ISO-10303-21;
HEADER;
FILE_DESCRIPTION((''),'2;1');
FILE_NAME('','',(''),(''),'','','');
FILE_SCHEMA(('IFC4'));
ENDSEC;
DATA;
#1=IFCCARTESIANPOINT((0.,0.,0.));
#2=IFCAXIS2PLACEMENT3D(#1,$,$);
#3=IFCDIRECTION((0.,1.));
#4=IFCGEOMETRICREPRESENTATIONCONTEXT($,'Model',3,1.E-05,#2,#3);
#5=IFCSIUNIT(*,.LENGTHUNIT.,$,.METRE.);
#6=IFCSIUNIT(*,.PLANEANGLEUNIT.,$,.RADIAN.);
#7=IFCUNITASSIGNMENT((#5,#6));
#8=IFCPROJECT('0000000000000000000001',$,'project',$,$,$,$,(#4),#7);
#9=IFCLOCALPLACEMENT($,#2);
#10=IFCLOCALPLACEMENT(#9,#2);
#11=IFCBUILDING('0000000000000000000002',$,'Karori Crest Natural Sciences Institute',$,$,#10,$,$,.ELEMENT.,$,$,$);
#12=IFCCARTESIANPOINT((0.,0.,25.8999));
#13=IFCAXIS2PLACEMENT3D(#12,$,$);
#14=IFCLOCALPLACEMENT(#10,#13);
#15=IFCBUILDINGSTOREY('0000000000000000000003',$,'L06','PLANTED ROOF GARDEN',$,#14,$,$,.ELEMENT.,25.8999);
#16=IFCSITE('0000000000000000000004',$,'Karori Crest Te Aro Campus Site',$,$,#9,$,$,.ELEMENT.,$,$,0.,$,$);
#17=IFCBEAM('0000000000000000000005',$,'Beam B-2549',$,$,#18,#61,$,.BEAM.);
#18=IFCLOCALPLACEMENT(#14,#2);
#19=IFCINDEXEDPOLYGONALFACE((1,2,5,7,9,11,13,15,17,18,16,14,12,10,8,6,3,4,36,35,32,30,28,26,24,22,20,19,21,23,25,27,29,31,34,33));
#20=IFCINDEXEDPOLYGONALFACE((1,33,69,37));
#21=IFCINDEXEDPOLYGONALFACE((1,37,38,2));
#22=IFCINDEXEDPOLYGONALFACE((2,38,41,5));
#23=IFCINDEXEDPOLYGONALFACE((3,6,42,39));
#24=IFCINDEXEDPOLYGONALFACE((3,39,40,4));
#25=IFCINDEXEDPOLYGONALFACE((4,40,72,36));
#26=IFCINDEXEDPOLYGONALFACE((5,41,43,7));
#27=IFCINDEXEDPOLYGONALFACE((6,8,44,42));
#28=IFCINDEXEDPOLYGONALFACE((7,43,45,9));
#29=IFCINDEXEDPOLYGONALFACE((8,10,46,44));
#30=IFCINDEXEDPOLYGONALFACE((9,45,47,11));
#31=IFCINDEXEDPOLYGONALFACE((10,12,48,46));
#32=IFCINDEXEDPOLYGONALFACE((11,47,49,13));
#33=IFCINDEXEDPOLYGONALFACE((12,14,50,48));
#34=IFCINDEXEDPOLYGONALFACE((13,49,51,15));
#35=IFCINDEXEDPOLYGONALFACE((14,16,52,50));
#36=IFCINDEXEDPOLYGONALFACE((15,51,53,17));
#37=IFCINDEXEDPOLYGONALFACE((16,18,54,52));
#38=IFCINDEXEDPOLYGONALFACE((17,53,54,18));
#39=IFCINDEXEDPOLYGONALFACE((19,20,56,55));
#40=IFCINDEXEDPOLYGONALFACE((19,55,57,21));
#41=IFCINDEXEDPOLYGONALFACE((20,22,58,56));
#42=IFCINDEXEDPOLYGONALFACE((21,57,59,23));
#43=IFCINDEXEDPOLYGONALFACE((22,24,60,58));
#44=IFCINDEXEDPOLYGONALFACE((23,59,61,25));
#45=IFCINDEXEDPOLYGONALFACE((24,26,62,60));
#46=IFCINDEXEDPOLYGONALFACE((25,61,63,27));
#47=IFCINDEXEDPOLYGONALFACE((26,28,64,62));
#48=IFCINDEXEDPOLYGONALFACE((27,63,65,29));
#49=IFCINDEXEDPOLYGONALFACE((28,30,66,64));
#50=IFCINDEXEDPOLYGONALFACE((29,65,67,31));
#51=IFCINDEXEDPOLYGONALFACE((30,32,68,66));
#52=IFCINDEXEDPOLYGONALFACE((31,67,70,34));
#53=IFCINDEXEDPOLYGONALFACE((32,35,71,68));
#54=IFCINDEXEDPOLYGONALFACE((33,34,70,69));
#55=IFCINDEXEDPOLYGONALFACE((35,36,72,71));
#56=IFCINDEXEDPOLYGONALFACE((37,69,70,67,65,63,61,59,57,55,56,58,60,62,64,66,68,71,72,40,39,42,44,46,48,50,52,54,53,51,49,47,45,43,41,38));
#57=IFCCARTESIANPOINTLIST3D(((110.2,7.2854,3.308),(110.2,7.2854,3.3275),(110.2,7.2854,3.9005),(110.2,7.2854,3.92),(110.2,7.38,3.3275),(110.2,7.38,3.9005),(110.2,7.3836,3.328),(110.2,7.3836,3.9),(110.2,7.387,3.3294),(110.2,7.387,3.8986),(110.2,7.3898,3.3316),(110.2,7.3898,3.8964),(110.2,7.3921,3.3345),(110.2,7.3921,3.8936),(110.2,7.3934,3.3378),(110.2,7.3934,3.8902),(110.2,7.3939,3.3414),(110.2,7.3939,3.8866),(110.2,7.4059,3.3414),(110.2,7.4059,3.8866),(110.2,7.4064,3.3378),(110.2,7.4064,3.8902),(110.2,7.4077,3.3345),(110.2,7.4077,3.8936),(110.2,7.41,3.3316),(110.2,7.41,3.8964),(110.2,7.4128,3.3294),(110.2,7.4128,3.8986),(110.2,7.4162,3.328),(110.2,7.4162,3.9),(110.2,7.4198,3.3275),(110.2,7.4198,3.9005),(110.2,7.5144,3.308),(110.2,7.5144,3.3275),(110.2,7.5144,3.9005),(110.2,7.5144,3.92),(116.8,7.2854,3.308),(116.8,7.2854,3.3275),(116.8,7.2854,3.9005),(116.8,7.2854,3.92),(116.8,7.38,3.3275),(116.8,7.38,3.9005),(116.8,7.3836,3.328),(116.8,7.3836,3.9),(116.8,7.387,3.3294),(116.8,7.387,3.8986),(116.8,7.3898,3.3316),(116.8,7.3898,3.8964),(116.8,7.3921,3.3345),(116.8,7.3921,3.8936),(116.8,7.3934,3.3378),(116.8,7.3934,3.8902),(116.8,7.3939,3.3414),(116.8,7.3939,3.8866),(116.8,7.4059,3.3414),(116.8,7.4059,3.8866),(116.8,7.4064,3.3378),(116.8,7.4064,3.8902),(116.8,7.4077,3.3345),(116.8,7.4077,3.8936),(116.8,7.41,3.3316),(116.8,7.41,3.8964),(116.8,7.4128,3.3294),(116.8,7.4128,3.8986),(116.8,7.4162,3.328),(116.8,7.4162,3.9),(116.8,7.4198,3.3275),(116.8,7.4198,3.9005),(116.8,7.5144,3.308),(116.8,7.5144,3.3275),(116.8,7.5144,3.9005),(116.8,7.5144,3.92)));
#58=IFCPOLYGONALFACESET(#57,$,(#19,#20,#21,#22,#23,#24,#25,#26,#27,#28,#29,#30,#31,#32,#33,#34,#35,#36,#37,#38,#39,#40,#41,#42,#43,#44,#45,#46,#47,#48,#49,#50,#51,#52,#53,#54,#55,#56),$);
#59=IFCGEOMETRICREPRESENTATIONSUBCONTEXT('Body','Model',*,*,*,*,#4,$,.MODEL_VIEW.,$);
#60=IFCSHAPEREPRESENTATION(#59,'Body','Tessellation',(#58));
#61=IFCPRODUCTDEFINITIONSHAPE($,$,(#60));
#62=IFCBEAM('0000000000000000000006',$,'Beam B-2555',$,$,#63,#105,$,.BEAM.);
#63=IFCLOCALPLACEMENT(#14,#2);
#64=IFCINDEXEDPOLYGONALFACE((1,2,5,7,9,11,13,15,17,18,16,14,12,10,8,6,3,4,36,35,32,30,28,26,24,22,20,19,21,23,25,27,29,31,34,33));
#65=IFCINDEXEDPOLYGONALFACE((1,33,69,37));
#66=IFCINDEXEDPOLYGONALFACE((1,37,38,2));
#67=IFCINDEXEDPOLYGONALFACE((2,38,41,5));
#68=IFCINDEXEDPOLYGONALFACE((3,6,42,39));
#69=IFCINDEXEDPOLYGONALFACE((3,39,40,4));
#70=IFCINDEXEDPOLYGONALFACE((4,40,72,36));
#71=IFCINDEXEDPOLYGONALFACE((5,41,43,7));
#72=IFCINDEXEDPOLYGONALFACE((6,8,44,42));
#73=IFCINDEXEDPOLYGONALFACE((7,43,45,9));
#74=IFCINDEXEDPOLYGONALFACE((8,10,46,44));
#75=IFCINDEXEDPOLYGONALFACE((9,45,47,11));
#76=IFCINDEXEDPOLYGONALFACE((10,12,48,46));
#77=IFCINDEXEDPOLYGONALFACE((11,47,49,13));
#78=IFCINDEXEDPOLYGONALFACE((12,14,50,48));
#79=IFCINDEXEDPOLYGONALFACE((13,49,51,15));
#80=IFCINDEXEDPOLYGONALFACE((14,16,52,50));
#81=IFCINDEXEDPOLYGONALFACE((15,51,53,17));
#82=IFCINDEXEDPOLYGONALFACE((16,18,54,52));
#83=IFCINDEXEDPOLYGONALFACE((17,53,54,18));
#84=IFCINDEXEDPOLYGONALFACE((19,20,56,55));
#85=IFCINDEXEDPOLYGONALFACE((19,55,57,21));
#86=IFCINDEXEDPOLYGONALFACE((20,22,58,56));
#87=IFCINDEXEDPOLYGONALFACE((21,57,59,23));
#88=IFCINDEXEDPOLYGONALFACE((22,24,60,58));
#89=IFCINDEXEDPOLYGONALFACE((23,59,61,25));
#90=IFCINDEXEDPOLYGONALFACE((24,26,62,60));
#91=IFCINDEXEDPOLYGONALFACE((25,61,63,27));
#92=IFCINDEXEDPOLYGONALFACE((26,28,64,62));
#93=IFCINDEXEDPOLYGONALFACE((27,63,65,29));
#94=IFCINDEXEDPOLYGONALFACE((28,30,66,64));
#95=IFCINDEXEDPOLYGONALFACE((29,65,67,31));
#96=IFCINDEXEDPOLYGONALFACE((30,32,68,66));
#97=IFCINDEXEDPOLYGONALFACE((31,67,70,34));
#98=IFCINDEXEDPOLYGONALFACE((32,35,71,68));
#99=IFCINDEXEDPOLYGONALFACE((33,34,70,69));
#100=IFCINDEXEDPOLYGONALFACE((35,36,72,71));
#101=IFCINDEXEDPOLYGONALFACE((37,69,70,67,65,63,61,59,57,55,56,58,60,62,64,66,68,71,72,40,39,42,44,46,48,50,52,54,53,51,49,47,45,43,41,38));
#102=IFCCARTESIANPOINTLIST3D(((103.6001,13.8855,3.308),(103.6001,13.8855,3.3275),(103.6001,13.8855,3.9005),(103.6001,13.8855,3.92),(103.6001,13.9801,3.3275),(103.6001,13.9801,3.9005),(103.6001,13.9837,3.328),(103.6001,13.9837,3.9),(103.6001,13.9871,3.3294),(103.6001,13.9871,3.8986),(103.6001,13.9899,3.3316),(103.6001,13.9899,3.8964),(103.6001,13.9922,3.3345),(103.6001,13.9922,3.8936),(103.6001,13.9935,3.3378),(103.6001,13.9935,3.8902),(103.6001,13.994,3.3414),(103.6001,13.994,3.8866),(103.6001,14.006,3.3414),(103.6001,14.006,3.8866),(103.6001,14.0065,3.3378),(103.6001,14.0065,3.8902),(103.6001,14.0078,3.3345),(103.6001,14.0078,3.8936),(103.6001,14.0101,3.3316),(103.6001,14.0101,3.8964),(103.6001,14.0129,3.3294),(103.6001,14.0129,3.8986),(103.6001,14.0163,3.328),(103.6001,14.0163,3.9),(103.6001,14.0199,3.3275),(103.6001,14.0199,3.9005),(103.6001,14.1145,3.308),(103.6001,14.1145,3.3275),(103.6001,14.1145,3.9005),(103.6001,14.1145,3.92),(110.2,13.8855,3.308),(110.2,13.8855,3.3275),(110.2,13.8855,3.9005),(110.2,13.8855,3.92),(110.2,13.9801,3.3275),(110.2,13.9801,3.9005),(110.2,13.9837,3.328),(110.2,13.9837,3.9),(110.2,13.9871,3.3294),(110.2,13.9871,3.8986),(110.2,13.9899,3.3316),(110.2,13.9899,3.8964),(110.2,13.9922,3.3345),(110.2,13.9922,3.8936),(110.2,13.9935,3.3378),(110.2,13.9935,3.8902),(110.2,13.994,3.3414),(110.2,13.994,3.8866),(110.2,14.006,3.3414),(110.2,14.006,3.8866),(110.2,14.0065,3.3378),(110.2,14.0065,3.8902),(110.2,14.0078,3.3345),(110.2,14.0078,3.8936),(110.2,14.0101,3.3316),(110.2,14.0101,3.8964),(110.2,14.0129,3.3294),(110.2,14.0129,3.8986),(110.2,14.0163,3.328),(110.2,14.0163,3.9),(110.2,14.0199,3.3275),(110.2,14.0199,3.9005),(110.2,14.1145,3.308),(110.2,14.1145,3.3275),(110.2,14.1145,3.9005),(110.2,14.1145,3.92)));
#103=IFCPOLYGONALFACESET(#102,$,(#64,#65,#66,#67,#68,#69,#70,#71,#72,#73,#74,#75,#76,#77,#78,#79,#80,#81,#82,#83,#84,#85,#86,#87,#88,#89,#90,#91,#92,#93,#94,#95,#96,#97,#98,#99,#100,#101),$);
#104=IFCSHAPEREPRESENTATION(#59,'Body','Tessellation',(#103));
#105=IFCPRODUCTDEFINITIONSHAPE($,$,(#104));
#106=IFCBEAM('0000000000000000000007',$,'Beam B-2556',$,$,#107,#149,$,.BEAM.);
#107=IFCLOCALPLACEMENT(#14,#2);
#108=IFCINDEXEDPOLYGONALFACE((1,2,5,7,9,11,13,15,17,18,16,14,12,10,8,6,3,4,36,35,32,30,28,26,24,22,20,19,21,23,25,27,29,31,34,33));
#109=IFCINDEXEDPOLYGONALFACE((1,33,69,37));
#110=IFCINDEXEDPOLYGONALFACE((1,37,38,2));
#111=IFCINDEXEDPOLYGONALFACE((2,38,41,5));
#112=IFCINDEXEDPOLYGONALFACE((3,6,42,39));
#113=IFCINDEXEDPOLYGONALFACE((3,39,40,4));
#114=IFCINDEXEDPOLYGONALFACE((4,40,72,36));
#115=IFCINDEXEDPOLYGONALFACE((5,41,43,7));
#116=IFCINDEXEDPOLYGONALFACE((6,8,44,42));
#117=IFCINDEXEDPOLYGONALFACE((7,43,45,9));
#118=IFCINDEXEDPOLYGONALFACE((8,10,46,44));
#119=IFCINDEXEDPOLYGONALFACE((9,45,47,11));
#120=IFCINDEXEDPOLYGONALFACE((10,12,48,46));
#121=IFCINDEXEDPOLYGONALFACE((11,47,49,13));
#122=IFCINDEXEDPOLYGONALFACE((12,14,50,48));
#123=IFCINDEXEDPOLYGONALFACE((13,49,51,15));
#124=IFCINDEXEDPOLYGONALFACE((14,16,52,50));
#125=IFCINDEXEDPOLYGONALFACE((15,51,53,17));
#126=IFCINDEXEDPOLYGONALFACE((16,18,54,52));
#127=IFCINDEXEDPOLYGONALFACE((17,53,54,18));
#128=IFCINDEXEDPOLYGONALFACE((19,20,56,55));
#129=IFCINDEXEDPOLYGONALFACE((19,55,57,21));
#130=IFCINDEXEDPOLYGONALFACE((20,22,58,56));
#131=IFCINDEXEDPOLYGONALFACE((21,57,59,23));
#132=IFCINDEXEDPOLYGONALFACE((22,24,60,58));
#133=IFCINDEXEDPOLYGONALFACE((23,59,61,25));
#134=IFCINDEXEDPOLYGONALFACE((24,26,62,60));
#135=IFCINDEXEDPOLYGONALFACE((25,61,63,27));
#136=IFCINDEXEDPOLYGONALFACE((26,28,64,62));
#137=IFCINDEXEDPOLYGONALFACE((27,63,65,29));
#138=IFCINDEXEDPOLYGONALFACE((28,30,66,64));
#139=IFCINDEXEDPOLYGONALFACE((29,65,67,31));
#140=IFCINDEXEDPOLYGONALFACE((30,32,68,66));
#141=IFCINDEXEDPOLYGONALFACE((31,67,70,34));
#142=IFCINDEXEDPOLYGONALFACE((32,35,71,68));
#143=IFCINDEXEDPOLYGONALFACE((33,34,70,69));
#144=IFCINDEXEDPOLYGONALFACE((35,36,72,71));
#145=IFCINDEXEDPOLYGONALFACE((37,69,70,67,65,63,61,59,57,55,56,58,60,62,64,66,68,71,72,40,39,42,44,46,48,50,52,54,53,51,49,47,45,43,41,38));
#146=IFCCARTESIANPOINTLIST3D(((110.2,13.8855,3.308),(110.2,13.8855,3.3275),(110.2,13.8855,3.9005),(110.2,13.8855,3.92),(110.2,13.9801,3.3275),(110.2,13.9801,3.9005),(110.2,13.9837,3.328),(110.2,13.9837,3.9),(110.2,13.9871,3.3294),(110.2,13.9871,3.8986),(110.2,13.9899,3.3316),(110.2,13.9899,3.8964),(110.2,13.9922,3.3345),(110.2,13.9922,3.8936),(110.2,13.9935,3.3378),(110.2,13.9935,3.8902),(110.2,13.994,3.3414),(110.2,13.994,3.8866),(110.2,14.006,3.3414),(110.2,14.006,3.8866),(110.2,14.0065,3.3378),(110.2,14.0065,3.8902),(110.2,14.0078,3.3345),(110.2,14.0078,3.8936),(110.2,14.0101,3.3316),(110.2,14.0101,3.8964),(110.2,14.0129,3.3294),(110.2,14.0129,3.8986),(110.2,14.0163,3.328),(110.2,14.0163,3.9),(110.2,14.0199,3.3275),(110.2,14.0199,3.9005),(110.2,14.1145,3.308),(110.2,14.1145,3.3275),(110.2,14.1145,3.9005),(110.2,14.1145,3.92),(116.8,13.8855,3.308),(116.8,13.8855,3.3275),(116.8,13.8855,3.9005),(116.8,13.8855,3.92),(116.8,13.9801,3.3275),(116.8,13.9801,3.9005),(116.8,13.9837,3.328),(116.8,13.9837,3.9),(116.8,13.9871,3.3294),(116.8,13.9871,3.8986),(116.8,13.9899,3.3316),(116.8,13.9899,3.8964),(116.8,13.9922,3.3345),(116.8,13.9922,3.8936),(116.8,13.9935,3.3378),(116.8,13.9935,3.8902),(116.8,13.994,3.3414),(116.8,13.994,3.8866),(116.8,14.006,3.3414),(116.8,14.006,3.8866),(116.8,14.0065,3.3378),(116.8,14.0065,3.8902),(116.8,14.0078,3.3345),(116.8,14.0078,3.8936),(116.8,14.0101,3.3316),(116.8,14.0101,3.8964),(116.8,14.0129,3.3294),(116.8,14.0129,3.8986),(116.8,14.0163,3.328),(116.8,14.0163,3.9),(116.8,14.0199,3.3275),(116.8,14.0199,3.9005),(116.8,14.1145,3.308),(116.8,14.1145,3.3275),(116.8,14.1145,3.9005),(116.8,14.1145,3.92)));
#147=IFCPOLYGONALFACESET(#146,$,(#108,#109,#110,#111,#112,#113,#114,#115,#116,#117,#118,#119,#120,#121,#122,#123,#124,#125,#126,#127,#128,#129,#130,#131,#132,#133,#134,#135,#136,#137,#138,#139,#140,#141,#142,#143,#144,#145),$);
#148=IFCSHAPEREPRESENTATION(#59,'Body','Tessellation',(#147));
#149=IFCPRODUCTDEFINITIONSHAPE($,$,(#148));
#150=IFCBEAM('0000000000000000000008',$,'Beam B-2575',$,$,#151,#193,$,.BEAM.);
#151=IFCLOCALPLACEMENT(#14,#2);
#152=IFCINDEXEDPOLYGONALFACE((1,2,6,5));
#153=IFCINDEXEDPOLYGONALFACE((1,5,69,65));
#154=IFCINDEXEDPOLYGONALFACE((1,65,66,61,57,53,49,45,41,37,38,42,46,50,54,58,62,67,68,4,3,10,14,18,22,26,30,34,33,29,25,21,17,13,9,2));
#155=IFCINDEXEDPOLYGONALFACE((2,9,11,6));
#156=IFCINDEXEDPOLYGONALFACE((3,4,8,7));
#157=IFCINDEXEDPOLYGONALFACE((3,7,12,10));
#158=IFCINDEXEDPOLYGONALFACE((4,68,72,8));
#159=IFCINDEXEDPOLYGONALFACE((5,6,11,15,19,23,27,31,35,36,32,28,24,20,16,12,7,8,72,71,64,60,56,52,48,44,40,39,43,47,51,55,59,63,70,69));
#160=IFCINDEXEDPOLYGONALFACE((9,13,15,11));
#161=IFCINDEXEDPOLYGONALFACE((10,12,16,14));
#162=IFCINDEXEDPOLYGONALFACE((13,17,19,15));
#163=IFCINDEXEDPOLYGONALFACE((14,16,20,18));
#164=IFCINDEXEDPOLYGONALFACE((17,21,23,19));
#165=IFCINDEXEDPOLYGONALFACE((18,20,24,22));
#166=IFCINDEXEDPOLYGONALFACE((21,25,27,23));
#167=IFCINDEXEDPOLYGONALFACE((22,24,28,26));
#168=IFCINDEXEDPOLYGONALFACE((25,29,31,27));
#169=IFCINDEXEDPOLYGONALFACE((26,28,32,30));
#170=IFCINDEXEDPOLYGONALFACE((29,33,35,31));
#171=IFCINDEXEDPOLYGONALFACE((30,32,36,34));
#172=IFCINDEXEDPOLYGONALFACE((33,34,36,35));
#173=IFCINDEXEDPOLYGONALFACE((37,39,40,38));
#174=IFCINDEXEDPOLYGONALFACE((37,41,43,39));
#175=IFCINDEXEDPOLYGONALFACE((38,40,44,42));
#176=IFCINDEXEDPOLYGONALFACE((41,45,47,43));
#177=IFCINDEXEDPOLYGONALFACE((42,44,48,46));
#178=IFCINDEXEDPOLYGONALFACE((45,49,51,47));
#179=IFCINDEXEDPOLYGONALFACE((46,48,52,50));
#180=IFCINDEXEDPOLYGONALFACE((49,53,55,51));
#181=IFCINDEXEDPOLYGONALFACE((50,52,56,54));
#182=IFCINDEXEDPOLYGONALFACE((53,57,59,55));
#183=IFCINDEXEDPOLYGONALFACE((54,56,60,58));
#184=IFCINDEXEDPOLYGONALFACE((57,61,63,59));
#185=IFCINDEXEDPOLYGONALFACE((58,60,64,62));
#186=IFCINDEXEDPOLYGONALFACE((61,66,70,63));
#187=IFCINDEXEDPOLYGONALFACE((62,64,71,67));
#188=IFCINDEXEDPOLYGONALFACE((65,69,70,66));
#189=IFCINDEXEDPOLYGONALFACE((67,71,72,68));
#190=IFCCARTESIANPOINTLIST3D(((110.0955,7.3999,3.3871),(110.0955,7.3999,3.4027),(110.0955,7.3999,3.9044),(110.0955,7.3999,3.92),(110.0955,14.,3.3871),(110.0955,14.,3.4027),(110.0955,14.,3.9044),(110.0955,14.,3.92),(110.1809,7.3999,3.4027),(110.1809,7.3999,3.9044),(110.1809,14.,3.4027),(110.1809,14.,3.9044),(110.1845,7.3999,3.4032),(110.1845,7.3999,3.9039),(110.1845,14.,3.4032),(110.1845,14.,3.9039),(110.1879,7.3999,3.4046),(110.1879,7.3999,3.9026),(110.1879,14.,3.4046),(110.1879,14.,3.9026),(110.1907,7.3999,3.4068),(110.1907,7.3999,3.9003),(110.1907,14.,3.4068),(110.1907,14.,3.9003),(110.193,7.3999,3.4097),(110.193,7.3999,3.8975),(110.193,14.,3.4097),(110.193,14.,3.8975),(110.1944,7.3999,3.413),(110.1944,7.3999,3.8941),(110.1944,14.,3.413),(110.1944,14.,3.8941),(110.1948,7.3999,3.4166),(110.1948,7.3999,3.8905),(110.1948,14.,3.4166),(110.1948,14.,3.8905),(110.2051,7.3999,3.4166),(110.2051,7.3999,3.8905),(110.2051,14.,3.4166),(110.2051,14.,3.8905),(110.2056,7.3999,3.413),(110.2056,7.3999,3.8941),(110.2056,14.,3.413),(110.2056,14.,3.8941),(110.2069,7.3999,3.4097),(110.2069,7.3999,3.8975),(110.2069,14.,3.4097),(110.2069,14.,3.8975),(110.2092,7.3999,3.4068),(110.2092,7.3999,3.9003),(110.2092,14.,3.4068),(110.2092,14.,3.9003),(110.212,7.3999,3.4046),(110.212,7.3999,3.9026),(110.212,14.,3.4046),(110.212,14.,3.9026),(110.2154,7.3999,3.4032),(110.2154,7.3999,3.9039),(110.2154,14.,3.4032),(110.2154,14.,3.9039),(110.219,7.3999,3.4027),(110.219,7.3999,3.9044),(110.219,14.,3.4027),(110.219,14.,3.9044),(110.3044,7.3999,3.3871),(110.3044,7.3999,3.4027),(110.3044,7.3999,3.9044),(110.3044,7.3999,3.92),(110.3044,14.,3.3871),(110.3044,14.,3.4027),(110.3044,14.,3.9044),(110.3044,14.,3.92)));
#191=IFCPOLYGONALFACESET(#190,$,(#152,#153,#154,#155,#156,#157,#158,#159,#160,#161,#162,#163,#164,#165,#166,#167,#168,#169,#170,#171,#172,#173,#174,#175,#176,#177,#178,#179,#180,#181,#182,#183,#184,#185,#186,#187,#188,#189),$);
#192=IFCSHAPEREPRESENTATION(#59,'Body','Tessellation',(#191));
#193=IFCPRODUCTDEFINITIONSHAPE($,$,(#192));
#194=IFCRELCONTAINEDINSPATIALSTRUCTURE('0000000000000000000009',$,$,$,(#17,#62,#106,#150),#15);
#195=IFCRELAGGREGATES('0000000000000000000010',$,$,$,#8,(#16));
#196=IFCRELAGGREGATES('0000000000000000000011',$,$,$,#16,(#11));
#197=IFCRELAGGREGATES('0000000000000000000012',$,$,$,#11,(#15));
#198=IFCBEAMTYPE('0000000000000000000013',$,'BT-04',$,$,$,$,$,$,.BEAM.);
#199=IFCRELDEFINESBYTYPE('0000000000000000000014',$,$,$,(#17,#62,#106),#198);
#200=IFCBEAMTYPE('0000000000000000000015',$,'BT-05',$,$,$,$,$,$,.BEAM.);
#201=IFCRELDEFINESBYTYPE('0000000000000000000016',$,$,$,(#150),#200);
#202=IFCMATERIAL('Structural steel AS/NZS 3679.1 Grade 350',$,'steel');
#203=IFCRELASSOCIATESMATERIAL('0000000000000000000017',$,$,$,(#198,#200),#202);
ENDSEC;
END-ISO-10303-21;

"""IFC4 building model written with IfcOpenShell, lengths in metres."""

from ifc_helpers import new_model, si_unit, direction, frame, origin, origin_2d, place, context, subcontext, project, spatial, i_section, extrude, material, material_profile, profile_set, type_object, element, save


model = new_model("IFC4")

# Units and contexts
model_context = context("Model", 3, precision=1e-05, world=origin(), true_north=direction((0.0, 1.0)))
body_context = subcontext(model_context, "Body", "Model", "MODEL_VIEW")
ifc_project = project(units=[si_unit("LENGTHUNIT", "METRE"), si_unit("PLANEANGLEUNIT", "RADIAN")], contexts=[model_context])

# Site, building, storey
site_placement = place(None, origin())
site = spatial("IfcSite", under=ifc_project, at=site_placement, Name="Karori Crest Te Aro Campus Site", CompositionType="ELEMENT", RefElevation=0.0)
building_placement = place(site_placement, origin())
building = spatial("IfcBuilding", under=site, at=building_placement, Name="Karori Crest Natural Sciences Institute", CompositionType="ELEMENT")
storey_placement = place(building_placement, frame((0.0, 0.0, 25.8999)))
storey = spatial("IfcBuildingStorey", under=building, at=storey_placement, Name="L06", Description="PLANTED ROOF GARDEN", CompositionType="ELEMENT", Elevation=25.8999)

# Shared definitions
ifc_material_1 = material(Name="Structural steel AS/NZS 3679.1 Grade 350", Category="steel")

# Beams
ifc_material_profile_1 = material_profile(ifc_material_1, i_section(OverallWidth=0.229, OverallDepth=0.6121, WebThickness=0.012, FlangeThickness=0.0195, FilletRadius=0.0139, at=origin_2d()), Name="610UB125")
ifc_profile_set_1 = profile_set([ifc_material_profile_1], Name="Structural steel AS/NZS 3679.1 Grade 350")
beam_type_1 = type_object("IfcBeamType", Name="BT-04", PredefinedType="BEAM", material=ifc_profile_set_1)
beam_1_placement = place(storey_placement, frame((110.2, 7.3999, 3.614), z_axis=(1.0, 0.0, 0.0), x_axis=(0.0, 1.0, 0.0)))
element("IfcBeam", 1, at=beam_1_placement, inside=storey, type_object=beam_type_1, Name="Beam B-2549", PredefinedType="BEAM", context=body_context, shape_type="SweptSolid", body=[
    extrude(i_section(OverallWidth=0.229, OverallDepth=0.6121, WebThickness=0.012, FlangeThickness=0.0195, FilletRadius=0.0139, at=origin_2d()), origin(), (0.0, 0.0, 1.0), 6.6001),
])
beam_2_placement = place(storey_placement, frame((103.6001, 14.0, 3.614), z_axis=(1.0, 0.0, 0.0), x_axis=(0.0, 1.0, 0.0)))
element("IfcBeam", 2, at=beam_2_placement, inside=storey, type_object=beam_type_1, Name="Beam B-2555", PredefinedType="BEAM", context=body_context, shape_type="SweptSolid", body=[
    extrude(i_section(OverallWidth=0.229, OverallDepth=0.6121, WebThickness=0.012, FlangeThickness=0.0195, FilletRadius=0.0139, at=origin_2d()), origin(), (0.0, 0.0, 1.0), 6.5999),
])
beam_3_placement = place(storey_placement, frame((110.2, 14.0, 3.614), z_axis=(1.0, 0.0, 0.0), x_axis=(0.0, 1.0, 0.0)))
element("IfcBeam", 3, at=beam_3_placement, inside=storey, type_object=beam_type_1, Name="Beam B-2556", PredefinedType="BEAM", context=body_context, shape_type="SweptSolid", body=[
    extrude(i_section(OverallWidth=0.229, OverallDepth=0.6121, WebThickness=0.012, FlangeThickness=0.0195, FilletRadius=0.0139, at=origin_2d()), origin(), (0.0, 0.0, 1.0), 6.6001),
])
ifc_material_profile_2 = material_profile(ifc_material_1, i_section(OverallWidth=0.209, OverallDepth=0.533, WebThickness=0.0103, FlangeThickness=0.0156, FilletRadius=0.0139, at=origin_2d()), Name="530UB92.4")
ifc_profile_set_2 = profile_set([ifc_material_profile_2], Name="Structural steel AS/NZS 3679.1 Grade 350")
beam_type_2 = type_object("IfcBeamType", Name="BT-05", PredefinedType="BEAM", material=ifc_profile_set_2)
for number, where, z_axis, x_axis, name in (
    (4, (110.2, 7.3999, 3.6536), (0.0, 1.0, 0.0), (-1.0, 0.0, 0.0), "Beam B-2575"),
):
    element("IfcBeam", number, at=place(storey_placement, frame(where, z_axis=z_axis, x_axis=x_axis)), inside=storey, type_object=beam_type_2, Name=name, PredefinedType="BEAM", context=body_context, shape_type="SweptSolid", body=[
        extrude(i_section(OverallWidth=0.209, OverallDepth=0.533, WebThickness=0.0103, FlangeThickness=0.0156, FilletRadius=0.0139, at=origin_2d()), origin(), (0.0, 0.0, 1.0), 6.6001),
    ])

save(model, "model.ifc")
